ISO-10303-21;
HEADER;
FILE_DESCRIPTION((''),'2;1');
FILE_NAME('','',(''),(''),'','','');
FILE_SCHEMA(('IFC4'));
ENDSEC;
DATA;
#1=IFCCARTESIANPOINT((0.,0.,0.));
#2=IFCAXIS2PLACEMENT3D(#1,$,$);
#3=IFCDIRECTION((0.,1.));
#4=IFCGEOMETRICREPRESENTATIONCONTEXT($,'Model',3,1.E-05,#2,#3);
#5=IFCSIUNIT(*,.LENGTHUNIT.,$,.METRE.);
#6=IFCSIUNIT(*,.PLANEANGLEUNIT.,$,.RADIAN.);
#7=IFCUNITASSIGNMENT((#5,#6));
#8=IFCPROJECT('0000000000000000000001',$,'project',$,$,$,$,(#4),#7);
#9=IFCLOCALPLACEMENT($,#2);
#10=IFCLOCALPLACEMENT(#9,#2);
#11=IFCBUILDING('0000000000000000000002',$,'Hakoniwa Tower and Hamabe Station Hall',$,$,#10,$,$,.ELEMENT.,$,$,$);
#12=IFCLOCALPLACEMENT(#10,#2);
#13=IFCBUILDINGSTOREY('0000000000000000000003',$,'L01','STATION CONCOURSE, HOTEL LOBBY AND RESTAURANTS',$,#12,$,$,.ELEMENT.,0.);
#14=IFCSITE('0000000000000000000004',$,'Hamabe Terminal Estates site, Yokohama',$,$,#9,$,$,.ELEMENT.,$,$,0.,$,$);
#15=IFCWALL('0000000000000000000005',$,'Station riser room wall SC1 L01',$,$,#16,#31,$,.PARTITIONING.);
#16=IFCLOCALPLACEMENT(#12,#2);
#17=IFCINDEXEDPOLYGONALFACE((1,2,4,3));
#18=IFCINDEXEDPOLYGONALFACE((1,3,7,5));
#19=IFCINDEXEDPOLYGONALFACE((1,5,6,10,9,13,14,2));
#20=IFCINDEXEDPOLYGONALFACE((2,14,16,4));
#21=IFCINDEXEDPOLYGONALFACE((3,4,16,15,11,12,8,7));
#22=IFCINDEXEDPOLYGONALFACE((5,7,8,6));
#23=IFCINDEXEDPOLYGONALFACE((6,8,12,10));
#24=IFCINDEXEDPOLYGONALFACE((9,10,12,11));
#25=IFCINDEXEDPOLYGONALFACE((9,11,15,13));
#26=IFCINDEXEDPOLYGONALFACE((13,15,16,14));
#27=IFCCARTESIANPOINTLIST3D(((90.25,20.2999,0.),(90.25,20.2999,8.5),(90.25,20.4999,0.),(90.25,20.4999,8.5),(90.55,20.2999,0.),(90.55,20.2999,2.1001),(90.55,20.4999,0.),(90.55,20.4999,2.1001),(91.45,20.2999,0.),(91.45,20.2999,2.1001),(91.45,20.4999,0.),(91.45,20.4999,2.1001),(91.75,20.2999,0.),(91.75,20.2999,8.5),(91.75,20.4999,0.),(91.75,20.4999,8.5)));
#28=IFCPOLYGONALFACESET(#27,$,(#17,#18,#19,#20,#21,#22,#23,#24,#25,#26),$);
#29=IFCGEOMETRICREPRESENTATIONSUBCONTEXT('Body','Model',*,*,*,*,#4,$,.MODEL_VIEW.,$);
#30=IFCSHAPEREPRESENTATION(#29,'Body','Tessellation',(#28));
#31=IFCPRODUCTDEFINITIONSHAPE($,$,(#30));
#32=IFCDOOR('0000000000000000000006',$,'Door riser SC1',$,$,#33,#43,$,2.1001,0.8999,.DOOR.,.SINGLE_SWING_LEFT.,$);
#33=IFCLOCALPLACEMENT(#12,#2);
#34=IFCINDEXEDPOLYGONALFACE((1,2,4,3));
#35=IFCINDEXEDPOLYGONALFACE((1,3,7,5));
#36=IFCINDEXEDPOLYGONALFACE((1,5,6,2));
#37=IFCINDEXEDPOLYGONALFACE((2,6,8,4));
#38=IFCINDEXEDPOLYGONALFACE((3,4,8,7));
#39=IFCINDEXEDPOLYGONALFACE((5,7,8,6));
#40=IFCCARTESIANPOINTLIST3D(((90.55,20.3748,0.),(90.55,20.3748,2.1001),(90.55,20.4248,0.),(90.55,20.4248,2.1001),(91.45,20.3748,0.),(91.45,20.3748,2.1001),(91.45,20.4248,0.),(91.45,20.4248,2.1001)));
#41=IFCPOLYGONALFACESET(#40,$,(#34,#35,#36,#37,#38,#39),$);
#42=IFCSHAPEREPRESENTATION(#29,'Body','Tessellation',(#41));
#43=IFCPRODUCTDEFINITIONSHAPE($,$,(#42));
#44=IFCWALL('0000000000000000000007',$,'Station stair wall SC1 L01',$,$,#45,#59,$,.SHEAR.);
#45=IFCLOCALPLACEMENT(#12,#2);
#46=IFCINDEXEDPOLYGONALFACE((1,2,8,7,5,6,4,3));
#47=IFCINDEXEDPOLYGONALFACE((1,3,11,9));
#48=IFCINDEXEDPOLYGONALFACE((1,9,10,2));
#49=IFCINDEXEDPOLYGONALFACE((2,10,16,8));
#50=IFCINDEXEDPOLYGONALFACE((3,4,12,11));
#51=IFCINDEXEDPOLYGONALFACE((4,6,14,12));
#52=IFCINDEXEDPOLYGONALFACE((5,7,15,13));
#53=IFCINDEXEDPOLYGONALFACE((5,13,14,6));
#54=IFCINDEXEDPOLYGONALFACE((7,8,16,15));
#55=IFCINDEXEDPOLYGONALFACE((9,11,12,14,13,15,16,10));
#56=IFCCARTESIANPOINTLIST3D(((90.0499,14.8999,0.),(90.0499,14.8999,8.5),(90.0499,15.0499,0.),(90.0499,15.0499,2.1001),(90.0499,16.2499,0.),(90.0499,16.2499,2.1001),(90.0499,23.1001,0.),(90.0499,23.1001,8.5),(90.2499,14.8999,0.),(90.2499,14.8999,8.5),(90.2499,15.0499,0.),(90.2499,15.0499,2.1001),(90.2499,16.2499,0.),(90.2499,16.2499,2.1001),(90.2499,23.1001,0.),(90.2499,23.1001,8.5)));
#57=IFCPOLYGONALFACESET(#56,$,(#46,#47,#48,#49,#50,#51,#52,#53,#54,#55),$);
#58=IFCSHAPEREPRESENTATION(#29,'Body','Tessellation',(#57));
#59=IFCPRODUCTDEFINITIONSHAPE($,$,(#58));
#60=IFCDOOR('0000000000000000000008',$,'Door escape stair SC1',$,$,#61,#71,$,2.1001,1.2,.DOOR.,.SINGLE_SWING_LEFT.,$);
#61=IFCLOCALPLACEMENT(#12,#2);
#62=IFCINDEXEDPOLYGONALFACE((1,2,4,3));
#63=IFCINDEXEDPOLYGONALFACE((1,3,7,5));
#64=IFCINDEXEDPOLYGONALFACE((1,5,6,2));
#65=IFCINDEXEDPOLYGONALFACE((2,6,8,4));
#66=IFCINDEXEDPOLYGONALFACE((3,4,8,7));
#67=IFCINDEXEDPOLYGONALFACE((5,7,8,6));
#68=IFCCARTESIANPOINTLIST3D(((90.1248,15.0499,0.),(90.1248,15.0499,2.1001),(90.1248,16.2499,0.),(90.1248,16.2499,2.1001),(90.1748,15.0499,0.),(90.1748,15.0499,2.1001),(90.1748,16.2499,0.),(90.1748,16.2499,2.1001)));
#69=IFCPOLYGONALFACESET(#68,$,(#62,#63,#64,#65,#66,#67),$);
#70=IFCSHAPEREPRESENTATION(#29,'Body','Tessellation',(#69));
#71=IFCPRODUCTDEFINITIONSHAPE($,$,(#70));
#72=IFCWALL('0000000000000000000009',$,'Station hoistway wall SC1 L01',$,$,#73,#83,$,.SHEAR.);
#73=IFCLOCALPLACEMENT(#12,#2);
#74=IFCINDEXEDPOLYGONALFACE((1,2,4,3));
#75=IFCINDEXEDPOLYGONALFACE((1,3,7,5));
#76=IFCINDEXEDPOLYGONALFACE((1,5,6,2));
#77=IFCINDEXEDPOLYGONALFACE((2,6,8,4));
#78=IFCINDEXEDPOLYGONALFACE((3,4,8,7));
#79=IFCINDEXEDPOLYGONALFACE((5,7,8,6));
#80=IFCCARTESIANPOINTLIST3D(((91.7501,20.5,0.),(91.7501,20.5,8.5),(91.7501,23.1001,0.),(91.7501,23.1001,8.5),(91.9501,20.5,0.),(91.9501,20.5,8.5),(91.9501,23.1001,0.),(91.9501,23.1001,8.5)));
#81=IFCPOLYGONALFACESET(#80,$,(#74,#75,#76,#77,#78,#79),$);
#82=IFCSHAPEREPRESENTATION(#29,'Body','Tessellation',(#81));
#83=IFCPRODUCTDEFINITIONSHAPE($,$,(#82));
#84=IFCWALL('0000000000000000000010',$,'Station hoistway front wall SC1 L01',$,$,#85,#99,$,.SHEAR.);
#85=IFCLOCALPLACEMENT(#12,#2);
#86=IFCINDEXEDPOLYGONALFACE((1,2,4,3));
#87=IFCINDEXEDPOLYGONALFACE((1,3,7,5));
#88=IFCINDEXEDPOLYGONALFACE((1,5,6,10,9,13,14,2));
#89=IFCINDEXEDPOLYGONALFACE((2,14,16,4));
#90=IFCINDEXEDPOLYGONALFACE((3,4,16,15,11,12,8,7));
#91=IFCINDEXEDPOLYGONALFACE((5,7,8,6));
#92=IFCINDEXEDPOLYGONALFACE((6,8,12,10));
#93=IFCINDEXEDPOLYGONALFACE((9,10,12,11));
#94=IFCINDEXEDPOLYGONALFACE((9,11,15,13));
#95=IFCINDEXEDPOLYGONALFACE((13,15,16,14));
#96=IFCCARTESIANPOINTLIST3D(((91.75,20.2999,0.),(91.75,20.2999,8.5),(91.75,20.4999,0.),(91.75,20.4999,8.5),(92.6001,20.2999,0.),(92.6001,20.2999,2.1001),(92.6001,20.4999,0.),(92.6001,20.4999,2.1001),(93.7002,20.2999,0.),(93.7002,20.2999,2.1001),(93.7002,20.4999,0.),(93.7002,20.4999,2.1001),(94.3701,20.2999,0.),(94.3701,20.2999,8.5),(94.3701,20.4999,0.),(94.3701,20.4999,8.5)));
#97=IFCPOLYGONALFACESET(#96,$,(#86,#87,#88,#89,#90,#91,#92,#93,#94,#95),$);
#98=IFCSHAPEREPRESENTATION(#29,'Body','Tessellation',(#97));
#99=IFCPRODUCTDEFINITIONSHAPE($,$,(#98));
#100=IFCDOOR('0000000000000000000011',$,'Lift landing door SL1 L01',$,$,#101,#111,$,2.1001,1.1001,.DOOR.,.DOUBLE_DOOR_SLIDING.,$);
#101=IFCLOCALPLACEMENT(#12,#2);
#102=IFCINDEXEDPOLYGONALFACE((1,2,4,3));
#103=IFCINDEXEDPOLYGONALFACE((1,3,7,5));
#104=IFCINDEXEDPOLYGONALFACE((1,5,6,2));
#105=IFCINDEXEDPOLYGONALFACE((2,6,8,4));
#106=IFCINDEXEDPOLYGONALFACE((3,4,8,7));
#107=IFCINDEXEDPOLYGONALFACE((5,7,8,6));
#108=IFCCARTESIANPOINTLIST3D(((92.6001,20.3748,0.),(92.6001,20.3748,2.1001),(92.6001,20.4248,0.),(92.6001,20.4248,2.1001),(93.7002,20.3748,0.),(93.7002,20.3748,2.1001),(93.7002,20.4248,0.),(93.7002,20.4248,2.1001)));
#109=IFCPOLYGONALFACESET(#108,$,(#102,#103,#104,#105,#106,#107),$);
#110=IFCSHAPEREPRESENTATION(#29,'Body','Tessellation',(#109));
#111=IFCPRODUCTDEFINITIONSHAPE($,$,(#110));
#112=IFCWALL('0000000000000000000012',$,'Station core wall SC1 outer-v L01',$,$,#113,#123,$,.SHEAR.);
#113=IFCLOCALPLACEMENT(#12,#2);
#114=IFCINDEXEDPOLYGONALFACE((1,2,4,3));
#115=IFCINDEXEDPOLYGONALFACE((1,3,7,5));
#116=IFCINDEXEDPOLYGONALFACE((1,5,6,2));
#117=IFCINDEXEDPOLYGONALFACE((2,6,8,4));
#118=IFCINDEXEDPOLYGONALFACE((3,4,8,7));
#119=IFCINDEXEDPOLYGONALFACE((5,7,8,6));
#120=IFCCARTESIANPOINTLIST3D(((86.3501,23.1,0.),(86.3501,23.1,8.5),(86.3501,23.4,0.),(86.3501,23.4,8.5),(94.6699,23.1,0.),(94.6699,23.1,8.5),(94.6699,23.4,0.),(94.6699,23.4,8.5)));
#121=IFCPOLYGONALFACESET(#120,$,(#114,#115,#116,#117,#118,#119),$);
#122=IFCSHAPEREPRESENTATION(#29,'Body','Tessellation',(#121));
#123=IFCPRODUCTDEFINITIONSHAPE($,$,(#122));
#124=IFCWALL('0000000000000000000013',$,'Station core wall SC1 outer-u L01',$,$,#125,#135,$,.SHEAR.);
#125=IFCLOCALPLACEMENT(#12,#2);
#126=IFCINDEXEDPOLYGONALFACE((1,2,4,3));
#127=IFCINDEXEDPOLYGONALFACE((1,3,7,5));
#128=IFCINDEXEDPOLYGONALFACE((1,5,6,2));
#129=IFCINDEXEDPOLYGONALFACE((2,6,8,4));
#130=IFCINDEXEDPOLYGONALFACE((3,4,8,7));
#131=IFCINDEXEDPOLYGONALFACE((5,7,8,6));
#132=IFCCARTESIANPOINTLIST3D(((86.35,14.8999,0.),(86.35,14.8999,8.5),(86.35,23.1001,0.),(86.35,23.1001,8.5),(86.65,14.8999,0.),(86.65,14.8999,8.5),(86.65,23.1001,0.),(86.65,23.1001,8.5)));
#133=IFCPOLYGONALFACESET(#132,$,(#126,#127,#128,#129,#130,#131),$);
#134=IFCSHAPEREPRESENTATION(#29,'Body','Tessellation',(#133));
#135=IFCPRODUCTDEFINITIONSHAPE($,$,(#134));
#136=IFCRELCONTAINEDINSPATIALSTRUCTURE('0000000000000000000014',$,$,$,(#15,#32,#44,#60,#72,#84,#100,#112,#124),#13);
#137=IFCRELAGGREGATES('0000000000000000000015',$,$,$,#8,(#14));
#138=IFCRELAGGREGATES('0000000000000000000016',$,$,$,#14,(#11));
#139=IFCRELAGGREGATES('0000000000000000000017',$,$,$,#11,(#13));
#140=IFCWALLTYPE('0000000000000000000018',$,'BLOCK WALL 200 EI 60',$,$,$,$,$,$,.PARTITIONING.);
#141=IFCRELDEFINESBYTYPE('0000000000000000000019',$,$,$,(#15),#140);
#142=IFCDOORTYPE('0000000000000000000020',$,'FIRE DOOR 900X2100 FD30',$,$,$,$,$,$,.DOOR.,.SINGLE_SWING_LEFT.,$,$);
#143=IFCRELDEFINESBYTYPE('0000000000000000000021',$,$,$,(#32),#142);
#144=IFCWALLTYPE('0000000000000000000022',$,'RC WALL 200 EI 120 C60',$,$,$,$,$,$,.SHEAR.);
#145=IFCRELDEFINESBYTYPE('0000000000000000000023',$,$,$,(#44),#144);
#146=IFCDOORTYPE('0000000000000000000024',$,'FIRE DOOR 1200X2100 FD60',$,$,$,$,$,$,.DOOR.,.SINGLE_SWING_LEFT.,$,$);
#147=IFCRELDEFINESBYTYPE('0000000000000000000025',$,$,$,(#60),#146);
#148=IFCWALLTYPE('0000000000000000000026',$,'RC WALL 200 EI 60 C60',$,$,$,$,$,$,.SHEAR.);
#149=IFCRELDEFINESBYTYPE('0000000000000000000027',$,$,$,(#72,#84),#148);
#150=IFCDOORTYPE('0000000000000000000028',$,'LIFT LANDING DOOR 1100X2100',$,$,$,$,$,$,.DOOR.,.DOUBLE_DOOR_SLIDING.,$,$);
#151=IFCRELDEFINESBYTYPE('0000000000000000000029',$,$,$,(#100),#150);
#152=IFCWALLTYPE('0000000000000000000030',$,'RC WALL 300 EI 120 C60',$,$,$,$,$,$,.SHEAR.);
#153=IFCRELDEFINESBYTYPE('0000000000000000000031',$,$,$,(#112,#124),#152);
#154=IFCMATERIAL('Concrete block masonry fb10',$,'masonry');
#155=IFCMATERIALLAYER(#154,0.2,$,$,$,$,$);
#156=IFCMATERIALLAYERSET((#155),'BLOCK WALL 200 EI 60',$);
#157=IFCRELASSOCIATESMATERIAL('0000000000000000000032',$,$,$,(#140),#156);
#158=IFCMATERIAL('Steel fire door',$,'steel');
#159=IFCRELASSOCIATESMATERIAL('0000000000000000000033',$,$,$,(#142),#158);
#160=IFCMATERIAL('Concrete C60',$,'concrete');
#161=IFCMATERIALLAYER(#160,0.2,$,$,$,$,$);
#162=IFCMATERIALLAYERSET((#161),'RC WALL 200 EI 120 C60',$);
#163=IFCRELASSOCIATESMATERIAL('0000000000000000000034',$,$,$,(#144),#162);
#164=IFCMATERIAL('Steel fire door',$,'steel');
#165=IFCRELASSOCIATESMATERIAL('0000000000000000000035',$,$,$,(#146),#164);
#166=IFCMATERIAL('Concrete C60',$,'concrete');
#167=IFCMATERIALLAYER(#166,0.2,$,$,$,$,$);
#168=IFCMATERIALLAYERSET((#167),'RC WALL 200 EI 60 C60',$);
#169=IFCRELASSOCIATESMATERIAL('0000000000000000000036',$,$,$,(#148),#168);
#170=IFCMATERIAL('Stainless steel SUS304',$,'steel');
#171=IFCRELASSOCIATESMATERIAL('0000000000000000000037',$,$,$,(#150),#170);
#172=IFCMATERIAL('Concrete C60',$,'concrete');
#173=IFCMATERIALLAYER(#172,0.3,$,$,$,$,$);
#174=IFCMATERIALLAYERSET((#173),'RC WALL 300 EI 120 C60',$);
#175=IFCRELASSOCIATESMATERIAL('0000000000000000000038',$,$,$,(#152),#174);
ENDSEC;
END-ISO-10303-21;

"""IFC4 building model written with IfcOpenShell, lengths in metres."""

from ifc_helpers import new_model, si_unit, direction, frame, frame_2d, origin, place, context, subcontext, project, spatial, rectangle, extrude, material, layer, layer_set, type_object, element, fill, save


model = new_model("IFC4")

# Units and contexts
model_context = context("Model", 3, precision=1e-05, world=origin(), true_north=direction((0.0, 1.0)))
body_context = subcontext(model_context, "Body", "Model", "MODEL_VIEW")
ifc_project = project(units=[si_unit("LENGTHUNIT", "METRE"), si_unit("PLANEANGLEUNIT", "RADIAN")], contexts=[model_context])

# Site, building, storey
site_placement = place(None, origin())
site = spatial("IfcSite", under=ifc_project, at=site_placement, Name="Hamabe Terminal Estates site, Yokohama", CompositionType="ELEMENT", RefElevation=0.0)
building_placement = place(site_placement, origin())
building = spatial("IfcBuilding", under=site, at=building_placement, Name="Hakoniwa Tower and Hamabe Station Hall", CompositionType="ELEMENT")
storey_placement = place(building_placement, origin())
storey = spatial("IfcBuildingStorey", under=building, at=storey_placement, Name="L01", Description="STATION CONCOURSE, HOTEL LOBBY AND RESTAURANTS", CompositionType="ELEMENT", Elevation=0.0)

# Walls, openings, doors
ifc_material_1 = material(Name="Concrete block masonry fb10", Category="masonry")
ifc_layer_1 = layer(ifc_material_1, 0.2)
ifc_layer_set_1 = layer_set([ifc_layer_1], Name="BLOCK WALL 200 EI 60")
wall_type_1 = type_object("IfcWallType", Name="BLOCK WALL 200 EI 60", PredefinedType="PARTITIONING", material=ifc_layer_set_1)
wall_1_placement = place(storey_placement, frame((90.25, 20.3999, 0.0), z_axis=(0.0, 0.0, 1.0), x_axis=(1.0, 0.0, 0.0)))
wall_1 = element("IfcWall", 1, at=wall_1_placement, inside=storey, type_object=wall_type_1, Name="Station riser room wall SC1 L01", PredefinedType="PARTITIONING", context=body_context, shape_type="SweptSolid", body=[
    extrude(rectangle(XDim=1.5, YDim=0.2, at=frame_2d((0.75, 0.0))), origin(), (0.0, 0.0, 1.0), 8.5),
])
opening_1_placement = place(wall_1_placement, frame((0.3, 0.0, 0.0)))
opening_1 = element("IfcOpeningElement", 2, at=opening_1_placement, cuts=wall_1, PredefinedType="OPENING", context=body_context, shape_type="SweptSolid", body=[
    extrude(rectangle(XDim=0.8999, YDim=2.1001, at=frame_2d((0.45, 1.05))), frame((0.0, 0.1099, 0.0), z_axis=(0.0, -1.0, 0.0), x_axis=(1.0, 0.0, 0.0)), (0.0, 0.0, 1.0), 0.22),
])
ifc_material_2 = material(Name="Steel fire door", Category="steel")
door_type_1 = type_object("IfcDoorType", Name="FIRE DOOR 900X2100 FD30", OperationType="SINGLE_SWING_LEFT", PredefinedType="DOOR", material=ifc_material_2)
door_1_placement = place(opening_1_placement, origin())
door_1 = element("IfcDoor", 3, at=door_1_placement, inside=storey, type_object=door_type_1, Name="Door riser SC1", OperationType="SINGLE_SWING_LEFT", OverallHeight=2.1001, OverallWidth=0.8999, PredefinedType="DOOR", context=body_context, shape_type="SweptSolid", body=[
    extrude(rectangle(XDim=0.8999, YDim=2.1001, at=frame_2d((0.45, 1.05))), frame((0.0, 0.0249, 0.0), z_axis=(0.0, -1.0, 0.0), x_axis=(1.0, 0.0, 0.0)), (0.0, 0.0, 1.0), 0.05),
])
fill(opening_1, door_1)
ifc_material_3 = material(Name="Concrete C60", Category="concrete")
ifc_layer_2 = layer(ifc_material_3, 0.2)
ifc_layer_set_2 = layer_set([ifc_layer_2], Name="RC WALL 200 EI 120 C60")
wall_type_2 = type_object("IfcWallType", Name="RC WALL 200 EI 120 C60", PredefinedType="SHEAR", material=ifc_layer_set_2)
wall_2_placement = place(storey_placement, frame((90.1499, 23.1001, 0.0), z_axis=(0.0, 0.0, 1.0), x_axis=(0.0, -1.0, 0.0)))
wall_2 = element("IfcWall", 4, at=wall_2_placement, inside=storey, type_object=wall_type_2, Name="Station stair wall SC1 L01", PredefinedType="SHEAR", context=body_context, shape_type="SweptSolid", body=[
    extrude(rectangle(XDim=8.2002, YDim=0.2, at=frame_2d((4.1001, 0.0))), origin(), (0.0, 0.0, 1.0), 8.5),
])
opening_2_placement = place(wall_2_placement, frame((6.8501, 0.0, 0.0)))
opening_2 = element("IfcOpeningElement", 5, at=opening_2_placement, cuts=wall_2, PredefinedType="OPENING", context=body_context, shape_type="SweptSolid", body=[
    extrude(rectangle(XDim=1.2, YDim=2.1001, at=frame_2d((0.6001, 1.05))), frame((0.0, 0.1099, 0.0), z_axis=(0.0, -1.0, 0.0), x_axis=(1.0, 0.0, 0.0)), (0.0, 0.0, 1.0), 0.22),
])
ifc_material_4 = material(Name="Steel fire door", Category="steel")
door_type_2 = type_object("IfcDoorType", Name="FIRE DOOR 1200X2100 FD60", OperationType="SINGLE_SWING_LEFT", PredefinedType="DOOR", material=ifc_material_4)
door_2_placement = place(opening_2_placement, origin())
door_2 = element("IfcDoor", 6, at=door_2_placement, inside=storey, type_object=door_type_2, Name="Door escape stair SC1", OperationType="SINGLE_SWING_LEFT", OverallHeight=2.1001, OverallWidth=1.2, PredefinedType="DOOR", context=body_context, shape_type="SweptSolid", body=[
    extrude(rectangle(XDim=1.2, YDim=2.1001, at=frame_2d((0.6001, 1.05))), frame((0.0, 0.0249, 0.0), z_axis=(0.0, -1.0, 0.0), x_axis=(1.0, 0.0, 0.0)), (0.0, 0.0, 1.0), 0.05),
])
fill(opening_2, door_2)

# Wall
ifc_material_5 = material(Name="Concrete C60", Category="concrete")
ifc_layer_3 = layer(ifc_material_5, 0.2)
ifc_layer_set_3 = layer_set([ifc_layer_3], Name="RC WALL 200 EI 60 C60")
wall_type_3 = type_object("IfcWallType", Name="RC WALL 200 EI 60 C60", PredefinedType="SHEAR", material=ifc_layer_set_3)
wall_3_placement = place(storey_placement, frame((91.8501, 23.1001, 0.0), z_axis=(0.0, 0.0, 1.0), x_axis=(0.0, -1.0, 0.0)))
element("IfcWall", 7, at=wall_3_placement, inside=storey, type_object=wall_type_3, Name="Station hoistway wall SC1 L01", PredefinedType="SHEAR", context=body_context, shape_type="SweptSolid", body=[
    extrude(rectangle(XDim=2.6001, YDim=0.2, at=frame_2d((1.3, 0.0))), origin(), (0.0, 0.0, 1.0), 8.5),
])

# Wall, opening, door
wall_4_placement = place(storey_placement, frame((91.75, 20.3999, 0.0), z_axis=(0.0, 0.0, 1.0), x_axis=(1.0, 0.0, 0.0)))
wall_4 = element("IfcWall", 8, at=wall_4_placement, inside=storey, type_object=wall_type_3, Name="Station hoistway front wall SC1 L01", PredefinedType="SHEAR", context=body_context, shape_type="SweptSolid", body=[
    extrude(rectangle(XDim=2.6201, YDim=0.2, at=frame_2d((1.3101, 0.0))), origin(), (0.0, 0.0, 1.0), 8.5),
])
opening_3_placement = place(wall_4_placement, frame((0.8501, 0.0, 0.0)))
opening_3 = element("IfcOpeningElement", 9, at=opening_3_placement, cuts=wall_4, PredefinedType="OPENING", context=body_context, shape_type="SweptSolid", body=[
    extrude(rectangle(XDim=1.1001, YDim=2.1001, at=frame_2d((0.55, 1.05))), frame((0.0, 0.1099, 0.0), z_axis=(0.0, -1.0, 0.0), x_axis=(1.0, 0.0, 0.0)), (0.0, 0.0, 1.0), 0.22),
])
ifc_material_6 = material(Name="Stainless steel SUS304", Category="steel")
door_type_3 = type_object("IfcDoorType", Name="LIFT LANDING DOOR 1100X2100", OperationType="DOUBLE_DOOR_SLIDING", PredefinedType="DOOR", material=ifc_material_6)
door_3_placement = place(opening_3_placement, origin())
door_3 = element("IfcDoor", 10, at=door_3_placement, inside=storey, type_object=door_type_3, Name="Lift landing door SL1 L01", OperationType="DOUBLE_DOOR_SLIDING", OverallHeight=2.1001, OverallWidth=1.1001, PredefinedType="DOOR", context=body_context, shape_type="SweptSolid", body=[
    extrude(rectangle(XDim=1.1001, YDim=2.1001, at=frame_2d((0.55, 1.05))), frame((0.0, 0.0249, 0.0), z_axis=(0.0, -1.0, 0.0), x_axis=(1.0, 0.0, 0.0)), (0.0, 0.0, 1.0), 0.05),
])
fill(opening_3, door_3)

# Walls
ifc_material_7 = material(Name="Concrete C60", Category="concrete")
ifc_layer_4 = layer(ifc_material_7, 0.3)
ifc_layer_set_4 = layer_set([ifc_layer_4], Name="RC WALL 300 EI 120 C60")
wall_type_4 = type_object("IfcWallType", Name="RC WALL 300 EI 120 C60", PredefinedType="SHEAR", material=ifc_layer_set_4)
wall_5_placement = place(storey_placement, frame((86.3501, 23.25, 0.0), z_axis=(0.0, 0.0, 1.0), x_axis=(1.0, 0.0, 0.0)))
element("IfcWall", 11, at=wall_5_placement, inside=storey, type_object=wall_type_4, Name="Station core wall SC1 outer-v L01", PredefinedType="SHEAR", context=body_context, shape_type="SweptSolid", body=[
    extrude(rectangle(XDim=8.3198, YDim=0.3, at=frame_2d((4.1599, 0.0))), origin(), (0.0, 0.0, 1.0), 8.5),
])
wall_6_placement = place(storey_placement, frame((86.5, 23.1001, 0.0), z_axis=(0.0, 0.0, 1.0), x_axis=(0.0, -1.0, 0.0)))
element("IfcWall", 12, at=wall_6_placement, inside=storey, type_object=wall_type_4, Name="Station core wall SC1 outer-u L01", PredefinedType="SHEAR", context=body_context, shape_type="SweptSolid", body=[
    extrude(rectangle(XDim=8.2002, YDim=0.3, at=frame_2d((4.1001, 0.0))), origin(), (0.0, 0.0, 1.0), 8.5),
])

save(model, "model.ifc")
